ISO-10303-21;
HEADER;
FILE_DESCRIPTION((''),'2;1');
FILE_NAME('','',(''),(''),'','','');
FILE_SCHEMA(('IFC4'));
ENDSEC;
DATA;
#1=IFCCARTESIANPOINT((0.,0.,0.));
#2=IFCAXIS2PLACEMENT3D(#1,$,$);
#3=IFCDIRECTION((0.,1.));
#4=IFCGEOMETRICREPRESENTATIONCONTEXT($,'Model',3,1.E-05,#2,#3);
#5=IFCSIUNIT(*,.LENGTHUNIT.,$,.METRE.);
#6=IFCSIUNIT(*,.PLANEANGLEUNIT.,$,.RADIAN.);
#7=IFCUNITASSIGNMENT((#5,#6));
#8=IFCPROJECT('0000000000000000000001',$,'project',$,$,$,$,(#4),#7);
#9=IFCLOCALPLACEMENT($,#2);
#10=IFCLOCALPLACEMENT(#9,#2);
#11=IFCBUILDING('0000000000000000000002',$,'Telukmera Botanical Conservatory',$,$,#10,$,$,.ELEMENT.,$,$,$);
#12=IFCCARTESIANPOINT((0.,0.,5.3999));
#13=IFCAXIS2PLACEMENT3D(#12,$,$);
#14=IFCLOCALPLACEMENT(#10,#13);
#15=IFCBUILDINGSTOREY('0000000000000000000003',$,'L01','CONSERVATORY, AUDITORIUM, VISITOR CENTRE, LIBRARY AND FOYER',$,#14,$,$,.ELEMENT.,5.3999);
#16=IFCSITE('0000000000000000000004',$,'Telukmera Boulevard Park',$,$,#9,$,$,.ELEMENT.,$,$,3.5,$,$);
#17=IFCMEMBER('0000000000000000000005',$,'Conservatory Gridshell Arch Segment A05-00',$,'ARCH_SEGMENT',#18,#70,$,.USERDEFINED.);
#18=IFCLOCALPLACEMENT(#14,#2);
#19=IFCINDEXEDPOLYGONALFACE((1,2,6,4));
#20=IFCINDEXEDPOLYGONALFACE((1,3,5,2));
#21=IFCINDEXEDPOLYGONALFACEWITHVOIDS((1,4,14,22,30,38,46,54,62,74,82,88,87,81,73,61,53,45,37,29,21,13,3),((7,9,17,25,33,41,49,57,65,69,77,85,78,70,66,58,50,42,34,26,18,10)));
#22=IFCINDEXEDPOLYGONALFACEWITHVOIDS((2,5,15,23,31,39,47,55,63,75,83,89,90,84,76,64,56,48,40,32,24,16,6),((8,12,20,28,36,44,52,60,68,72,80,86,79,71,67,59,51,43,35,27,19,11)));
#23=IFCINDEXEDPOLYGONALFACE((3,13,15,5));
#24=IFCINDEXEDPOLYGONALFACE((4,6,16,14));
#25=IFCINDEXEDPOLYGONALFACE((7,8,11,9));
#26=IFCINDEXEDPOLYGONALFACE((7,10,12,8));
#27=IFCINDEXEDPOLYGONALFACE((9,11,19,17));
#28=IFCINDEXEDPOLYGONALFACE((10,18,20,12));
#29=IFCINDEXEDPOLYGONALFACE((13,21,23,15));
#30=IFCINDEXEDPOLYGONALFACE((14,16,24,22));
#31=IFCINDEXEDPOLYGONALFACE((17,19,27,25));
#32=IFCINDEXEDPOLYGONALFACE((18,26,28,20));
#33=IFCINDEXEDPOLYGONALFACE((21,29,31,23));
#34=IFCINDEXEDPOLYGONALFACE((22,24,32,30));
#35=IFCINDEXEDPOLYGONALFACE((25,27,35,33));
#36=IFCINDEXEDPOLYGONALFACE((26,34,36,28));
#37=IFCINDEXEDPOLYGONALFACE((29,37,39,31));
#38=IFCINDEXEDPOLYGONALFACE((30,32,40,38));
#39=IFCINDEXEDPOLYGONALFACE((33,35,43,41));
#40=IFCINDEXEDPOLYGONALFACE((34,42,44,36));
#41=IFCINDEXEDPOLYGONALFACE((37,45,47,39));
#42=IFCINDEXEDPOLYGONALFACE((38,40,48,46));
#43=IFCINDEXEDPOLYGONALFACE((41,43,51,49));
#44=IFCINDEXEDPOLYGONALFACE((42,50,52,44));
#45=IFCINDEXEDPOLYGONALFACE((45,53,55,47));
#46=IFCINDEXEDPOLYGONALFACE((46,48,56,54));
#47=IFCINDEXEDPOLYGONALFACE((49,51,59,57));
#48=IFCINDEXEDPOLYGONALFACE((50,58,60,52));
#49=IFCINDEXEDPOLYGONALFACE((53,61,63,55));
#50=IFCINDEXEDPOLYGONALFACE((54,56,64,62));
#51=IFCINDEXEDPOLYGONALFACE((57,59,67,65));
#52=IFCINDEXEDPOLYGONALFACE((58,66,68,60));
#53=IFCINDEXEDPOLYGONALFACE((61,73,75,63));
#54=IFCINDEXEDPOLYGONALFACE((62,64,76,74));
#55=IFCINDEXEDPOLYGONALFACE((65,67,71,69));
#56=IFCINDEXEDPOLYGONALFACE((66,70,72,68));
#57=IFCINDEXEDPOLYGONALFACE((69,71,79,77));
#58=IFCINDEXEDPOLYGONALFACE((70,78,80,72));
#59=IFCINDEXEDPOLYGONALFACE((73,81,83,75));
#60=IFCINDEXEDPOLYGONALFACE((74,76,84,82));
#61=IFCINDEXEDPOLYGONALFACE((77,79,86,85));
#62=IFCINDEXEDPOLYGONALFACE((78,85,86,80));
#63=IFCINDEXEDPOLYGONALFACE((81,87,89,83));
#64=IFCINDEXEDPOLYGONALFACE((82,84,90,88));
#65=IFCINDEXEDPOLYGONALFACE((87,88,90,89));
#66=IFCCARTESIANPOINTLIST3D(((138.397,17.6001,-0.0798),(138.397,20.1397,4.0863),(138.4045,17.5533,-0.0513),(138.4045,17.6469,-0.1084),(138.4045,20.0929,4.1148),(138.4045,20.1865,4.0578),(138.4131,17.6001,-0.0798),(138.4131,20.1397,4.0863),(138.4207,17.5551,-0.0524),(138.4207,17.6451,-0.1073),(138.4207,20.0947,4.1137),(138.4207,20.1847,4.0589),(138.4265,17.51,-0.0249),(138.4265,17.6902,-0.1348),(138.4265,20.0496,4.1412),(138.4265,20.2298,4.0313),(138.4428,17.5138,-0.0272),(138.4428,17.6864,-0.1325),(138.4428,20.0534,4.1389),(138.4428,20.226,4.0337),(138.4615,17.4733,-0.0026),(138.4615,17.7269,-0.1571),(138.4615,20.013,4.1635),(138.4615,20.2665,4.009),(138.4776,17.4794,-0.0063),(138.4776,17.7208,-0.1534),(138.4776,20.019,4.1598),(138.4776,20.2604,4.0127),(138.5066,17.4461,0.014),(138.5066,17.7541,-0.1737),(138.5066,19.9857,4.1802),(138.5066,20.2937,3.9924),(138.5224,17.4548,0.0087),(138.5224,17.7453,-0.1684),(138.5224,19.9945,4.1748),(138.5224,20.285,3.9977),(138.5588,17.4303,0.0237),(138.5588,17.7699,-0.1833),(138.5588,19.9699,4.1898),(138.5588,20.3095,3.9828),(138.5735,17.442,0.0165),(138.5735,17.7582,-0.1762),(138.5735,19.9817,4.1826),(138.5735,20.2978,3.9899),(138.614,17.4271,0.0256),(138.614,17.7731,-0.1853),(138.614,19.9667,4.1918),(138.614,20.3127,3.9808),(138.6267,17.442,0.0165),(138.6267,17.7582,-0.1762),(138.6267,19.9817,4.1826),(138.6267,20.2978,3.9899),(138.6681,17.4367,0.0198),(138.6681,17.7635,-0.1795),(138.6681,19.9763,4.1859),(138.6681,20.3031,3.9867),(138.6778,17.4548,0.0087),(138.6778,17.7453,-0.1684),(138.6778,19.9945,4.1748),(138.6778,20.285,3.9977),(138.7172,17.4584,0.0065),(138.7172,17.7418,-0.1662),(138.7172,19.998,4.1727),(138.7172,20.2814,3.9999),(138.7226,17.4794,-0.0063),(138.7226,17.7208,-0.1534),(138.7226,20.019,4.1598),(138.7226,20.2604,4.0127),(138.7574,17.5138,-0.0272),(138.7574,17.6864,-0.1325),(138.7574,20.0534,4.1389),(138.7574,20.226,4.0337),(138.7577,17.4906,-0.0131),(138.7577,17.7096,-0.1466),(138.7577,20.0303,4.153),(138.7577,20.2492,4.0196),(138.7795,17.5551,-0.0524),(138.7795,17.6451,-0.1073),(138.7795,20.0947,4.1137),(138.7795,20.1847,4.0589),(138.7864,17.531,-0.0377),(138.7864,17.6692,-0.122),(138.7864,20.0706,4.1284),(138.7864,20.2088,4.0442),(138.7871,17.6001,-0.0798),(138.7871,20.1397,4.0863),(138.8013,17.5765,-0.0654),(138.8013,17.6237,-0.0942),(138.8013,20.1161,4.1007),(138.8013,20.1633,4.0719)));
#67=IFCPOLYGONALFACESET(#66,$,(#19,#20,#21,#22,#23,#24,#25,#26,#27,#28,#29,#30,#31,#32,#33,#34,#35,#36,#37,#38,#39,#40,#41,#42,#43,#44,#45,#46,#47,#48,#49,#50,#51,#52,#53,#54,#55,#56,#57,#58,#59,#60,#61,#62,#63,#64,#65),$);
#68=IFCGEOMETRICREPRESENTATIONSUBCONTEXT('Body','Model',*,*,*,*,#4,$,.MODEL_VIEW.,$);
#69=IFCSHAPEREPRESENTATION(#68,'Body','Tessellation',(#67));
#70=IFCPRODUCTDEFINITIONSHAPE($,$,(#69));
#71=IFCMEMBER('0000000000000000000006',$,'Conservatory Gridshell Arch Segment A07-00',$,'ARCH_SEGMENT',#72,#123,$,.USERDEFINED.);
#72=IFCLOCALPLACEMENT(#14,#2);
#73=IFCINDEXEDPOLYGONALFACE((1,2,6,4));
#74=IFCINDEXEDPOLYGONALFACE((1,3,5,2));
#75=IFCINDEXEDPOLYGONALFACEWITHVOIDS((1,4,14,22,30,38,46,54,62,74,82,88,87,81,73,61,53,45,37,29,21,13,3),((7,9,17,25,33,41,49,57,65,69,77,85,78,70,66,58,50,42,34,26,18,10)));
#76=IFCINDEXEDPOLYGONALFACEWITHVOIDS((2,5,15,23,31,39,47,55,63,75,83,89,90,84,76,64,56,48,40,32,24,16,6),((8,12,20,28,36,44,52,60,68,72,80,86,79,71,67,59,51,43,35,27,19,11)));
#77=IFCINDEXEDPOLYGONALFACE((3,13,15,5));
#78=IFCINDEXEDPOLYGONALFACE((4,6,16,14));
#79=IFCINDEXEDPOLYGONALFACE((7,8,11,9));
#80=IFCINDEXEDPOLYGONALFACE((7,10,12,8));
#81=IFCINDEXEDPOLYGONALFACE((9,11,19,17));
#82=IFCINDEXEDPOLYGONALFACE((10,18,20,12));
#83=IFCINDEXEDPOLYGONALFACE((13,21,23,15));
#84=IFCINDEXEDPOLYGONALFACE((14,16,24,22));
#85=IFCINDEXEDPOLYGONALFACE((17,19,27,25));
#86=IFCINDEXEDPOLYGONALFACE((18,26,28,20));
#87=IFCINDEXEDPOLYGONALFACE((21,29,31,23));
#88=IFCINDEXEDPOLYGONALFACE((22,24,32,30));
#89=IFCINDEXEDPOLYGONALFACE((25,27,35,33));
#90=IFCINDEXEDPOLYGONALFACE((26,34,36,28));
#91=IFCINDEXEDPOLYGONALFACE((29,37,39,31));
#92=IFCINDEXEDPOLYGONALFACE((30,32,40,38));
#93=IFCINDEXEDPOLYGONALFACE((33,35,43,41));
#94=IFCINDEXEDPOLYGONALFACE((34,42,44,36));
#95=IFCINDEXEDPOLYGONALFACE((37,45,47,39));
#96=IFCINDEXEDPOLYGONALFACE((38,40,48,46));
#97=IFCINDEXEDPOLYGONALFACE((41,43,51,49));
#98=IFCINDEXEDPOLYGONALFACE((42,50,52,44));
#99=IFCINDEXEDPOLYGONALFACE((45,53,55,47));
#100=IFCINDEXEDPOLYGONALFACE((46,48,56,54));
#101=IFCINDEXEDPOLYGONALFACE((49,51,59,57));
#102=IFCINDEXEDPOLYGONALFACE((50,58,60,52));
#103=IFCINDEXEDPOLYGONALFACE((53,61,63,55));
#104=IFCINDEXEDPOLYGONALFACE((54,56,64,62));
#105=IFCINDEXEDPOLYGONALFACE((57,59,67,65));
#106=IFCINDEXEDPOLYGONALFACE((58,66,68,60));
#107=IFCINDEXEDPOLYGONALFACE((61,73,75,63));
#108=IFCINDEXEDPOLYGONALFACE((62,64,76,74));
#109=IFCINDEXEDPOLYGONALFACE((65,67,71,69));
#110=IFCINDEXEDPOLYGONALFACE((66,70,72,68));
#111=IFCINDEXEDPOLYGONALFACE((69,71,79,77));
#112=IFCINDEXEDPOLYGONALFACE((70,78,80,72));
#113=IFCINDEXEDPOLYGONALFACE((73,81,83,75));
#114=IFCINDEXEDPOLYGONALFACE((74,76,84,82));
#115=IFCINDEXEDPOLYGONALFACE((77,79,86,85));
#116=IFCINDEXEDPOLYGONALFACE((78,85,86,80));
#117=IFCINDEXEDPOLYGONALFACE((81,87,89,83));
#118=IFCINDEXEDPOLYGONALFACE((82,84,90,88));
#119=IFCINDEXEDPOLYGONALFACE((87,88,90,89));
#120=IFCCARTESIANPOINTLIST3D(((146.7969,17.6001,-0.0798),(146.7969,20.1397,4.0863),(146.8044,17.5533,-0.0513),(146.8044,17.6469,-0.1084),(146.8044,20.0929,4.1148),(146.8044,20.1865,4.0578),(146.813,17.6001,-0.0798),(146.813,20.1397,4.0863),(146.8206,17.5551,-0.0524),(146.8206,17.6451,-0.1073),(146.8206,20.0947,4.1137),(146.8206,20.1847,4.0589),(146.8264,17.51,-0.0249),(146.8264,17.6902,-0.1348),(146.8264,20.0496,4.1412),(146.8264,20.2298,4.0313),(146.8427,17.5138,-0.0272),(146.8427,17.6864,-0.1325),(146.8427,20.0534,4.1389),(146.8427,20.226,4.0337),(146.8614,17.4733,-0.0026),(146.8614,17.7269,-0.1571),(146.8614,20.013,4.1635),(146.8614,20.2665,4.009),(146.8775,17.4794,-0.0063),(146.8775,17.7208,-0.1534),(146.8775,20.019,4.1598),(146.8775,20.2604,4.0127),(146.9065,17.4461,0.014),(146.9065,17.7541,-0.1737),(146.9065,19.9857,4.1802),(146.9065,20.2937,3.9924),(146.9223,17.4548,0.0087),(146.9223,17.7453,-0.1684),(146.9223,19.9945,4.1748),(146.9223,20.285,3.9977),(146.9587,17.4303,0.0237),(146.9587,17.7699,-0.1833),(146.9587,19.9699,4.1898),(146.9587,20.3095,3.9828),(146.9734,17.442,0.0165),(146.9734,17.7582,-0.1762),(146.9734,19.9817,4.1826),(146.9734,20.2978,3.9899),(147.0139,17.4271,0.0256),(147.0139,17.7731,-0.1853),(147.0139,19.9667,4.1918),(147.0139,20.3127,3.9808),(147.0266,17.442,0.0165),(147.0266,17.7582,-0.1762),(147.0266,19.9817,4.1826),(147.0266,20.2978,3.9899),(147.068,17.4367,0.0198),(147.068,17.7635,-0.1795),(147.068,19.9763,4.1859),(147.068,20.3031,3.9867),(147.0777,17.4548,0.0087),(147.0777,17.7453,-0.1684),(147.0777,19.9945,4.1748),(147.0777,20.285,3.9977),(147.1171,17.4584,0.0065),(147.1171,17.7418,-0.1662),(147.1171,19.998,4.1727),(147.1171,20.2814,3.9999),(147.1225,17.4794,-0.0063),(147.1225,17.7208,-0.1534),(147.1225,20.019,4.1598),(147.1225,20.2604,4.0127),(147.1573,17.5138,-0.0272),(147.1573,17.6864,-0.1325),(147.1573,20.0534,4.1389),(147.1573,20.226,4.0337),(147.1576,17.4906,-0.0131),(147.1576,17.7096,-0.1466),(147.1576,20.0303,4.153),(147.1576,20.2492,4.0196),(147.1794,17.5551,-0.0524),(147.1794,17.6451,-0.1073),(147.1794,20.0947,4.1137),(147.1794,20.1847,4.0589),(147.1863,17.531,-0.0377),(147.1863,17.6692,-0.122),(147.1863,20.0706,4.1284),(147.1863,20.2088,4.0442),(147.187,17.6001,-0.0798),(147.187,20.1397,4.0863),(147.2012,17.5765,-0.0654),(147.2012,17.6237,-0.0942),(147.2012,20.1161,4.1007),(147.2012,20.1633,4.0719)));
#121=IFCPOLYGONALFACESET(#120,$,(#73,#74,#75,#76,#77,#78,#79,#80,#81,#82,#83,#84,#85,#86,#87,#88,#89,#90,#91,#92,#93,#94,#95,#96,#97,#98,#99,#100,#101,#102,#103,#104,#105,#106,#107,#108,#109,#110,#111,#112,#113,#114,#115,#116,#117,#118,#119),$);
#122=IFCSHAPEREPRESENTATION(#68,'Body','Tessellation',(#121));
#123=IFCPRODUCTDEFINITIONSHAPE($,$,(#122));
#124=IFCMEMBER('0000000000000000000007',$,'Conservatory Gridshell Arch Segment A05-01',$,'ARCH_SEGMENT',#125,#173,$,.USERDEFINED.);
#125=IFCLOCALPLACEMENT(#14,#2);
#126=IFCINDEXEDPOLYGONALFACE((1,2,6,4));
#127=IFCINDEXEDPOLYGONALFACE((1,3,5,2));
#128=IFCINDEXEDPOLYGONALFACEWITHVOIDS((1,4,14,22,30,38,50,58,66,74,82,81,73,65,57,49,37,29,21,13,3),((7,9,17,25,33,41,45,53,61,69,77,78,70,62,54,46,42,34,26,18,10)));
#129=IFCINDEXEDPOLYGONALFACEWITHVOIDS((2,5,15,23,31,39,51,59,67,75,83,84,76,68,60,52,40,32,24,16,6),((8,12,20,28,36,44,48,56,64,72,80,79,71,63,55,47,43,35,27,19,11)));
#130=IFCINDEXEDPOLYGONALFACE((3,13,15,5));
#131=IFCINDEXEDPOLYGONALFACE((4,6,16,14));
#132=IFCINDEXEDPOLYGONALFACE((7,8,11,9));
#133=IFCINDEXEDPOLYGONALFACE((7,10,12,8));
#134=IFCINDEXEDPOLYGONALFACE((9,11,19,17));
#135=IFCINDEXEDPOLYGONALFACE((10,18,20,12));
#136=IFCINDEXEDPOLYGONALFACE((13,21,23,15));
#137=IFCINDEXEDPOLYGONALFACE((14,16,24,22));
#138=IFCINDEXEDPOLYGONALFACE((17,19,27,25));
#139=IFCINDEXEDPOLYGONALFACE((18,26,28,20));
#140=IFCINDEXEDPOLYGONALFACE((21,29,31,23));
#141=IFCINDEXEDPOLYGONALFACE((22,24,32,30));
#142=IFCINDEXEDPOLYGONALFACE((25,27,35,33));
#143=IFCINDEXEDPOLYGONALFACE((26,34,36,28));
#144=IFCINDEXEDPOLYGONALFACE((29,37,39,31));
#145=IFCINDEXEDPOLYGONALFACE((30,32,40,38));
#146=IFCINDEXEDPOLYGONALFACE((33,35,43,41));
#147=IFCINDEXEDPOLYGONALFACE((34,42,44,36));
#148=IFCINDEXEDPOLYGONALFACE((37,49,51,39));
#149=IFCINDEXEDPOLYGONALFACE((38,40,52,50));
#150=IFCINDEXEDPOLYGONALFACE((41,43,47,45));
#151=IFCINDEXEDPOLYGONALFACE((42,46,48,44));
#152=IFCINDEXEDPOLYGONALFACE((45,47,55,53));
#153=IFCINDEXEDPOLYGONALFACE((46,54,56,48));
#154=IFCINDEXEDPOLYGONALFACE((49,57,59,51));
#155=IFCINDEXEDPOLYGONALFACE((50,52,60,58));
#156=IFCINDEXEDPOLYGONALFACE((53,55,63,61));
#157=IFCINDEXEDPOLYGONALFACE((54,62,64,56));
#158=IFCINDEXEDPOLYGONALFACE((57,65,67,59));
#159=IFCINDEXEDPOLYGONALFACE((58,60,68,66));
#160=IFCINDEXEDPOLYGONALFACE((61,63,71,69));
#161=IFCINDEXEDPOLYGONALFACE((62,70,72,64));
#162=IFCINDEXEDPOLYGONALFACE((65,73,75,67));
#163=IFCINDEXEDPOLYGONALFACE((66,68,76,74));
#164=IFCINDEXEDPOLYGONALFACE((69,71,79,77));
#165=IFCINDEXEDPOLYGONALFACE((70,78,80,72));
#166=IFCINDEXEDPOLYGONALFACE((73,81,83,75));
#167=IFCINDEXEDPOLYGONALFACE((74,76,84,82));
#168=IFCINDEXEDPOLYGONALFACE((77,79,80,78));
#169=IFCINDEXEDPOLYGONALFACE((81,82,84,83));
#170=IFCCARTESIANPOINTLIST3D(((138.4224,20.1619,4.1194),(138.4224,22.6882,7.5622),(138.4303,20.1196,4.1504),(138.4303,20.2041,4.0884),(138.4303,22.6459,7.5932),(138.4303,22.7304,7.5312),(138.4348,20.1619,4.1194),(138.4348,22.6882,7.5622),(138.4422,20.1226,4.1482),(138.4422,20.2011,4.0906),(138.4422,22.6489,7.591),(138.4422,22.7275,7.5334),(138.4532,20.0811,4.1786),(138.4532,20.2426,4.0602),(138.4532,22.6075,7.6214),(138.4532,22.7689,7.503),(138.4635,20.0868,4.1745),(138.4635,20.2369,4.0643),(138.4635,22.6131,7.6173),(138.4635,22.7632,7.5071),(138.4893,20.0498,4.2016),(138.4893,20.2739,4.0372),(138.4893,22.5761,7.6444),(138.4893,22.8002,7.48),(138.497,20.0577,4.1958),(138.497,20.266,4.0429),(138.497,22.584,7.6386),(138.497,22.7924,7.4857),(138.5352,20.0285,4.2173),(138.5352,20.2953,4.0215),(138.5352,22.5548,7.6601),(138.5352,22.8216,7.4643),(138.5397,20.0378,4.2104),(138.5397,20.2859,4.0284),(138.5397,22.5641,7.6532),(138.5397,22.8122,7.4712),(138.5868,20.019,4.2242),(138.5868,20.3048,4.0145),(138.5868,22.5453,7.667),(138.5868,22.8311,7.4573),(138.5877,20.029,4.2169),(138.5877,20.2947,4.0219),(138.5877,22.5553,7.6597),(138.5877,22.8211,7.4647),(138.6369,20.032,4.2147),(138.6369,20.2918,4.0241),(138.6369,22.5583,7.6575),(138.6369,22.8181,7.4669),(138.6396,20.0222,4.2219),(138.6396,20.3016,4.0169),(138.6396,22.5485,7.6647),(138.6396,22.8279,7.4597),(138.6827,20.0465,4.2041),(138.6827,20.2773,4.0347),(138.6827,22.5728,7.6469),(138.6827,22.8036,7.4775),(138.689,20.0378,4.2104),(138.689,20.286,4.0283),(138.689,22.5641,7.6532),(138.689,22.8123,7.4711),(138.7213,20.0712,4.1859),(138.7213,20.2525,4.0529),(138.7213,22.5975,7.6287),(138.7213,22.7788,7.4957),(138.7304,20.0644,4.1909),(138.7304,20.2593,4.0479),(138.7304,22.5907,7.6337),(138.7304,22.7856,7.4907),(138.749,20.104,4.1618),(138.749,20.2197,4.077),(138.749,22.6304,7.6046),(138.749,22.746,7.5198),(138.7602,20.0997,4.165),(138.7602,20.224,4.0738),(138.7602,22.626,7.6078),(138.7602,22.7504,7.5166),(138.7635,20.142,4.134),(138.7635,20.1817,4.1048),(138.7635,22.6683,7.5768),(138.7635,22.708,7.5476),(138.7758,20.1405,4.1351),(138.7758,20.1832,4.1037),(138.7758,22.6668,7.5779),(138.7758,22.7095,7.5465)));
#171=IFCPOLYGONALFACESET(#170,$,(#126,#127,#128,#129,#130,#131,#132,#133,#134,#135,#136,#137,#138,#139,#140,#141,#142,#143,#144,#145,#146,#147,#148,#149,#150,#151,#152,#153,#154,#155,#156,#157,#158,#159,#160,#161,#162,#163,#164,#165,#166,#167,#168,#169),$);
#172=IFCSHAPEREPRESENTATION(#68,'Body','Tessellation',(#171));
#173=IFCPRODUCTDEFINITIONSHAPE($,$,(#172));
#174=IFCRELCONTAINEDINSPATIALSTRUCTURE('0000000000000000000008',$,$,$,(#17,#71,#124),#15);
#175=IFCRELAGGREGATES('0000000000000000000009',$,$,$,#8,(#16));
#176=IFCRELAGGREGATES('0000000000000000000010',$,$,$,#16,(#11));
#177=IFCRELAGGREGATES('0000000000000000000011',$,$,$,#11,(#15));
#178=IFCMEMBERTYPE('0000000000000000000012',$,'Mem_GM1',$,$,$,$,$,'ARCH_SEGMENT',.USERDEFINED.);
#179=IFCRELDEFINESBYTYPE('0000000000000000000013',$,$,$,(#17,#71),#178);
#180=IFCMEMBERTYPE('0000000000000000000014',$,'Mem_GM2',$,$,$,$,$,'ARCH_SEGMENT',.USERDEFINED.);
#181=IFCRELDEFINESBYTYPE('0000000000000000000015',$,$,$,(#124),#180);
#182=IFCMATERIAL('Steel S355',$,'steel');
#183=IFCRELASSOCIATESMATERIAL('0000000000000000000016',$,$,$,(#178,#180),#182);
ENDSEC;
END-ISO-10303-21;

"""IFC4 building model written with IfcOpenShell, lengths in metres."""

from ifc_helpers import new_model, si_unit, direction, frame, origin, origin_2d, place, context, subcontext, project, spatial, hollow_circle, extrude, material, material_profile, profile_set, type_object, element, save


model = new_model("IFC4")

# Units and contexts
model_context = context("Model", 3, precision=1e-05, world=origin(), true_north=direction((0.0, 1.0)))
body_context = subcontext(model_context, "Body", "Model", "MODEL_VIEW")
ifc_project = project(units=[si_unit("LENGTHUNIT", "METRE"), si_unit("PLANEANGLEUNIT", "RADIAN")], contexts=[model_context])

# Site, building, storey
site_placement = place(None, origin())
site = spatial("IfcSite", under=ifc_project, at=site_placement, Name="Telukmera Boulevard Park", CompositionType="ELEMENT", RefElevation=3.5)
building_placement = place(site_placement, origin())
building = spatial("IfcBuilding", under=site, at=building_placement, Name="Telukmera Botanical Conservatory", CompositionType="ELEMENT")
storey_placement = place(building_placement, frame((0.0, 0.0, 5.3999)))
storey = spatial("IfcBuildingStorey", under=building, at=storey_placement, Name="L01", Description="CONSERVATORY, AUDITORIUM, VISITOR CENTRE, LIBRARY AND FOYER", CompositionType="ELEMENT", Elevation=5.3999)

# Shared definitions
ifc_material_1 = material(Name="Steel S355", Category="steel")

# Members
ifc_material_profile_1 = material_profile(ifc_material_1, hollow_circle(Radius=0.2031, WallThickness=0.0161, at=origin_2d()), Name="CHS 406.4x16.0")
ifc_profile_set_1 = profile_set([ifc_material_profile_1], Name="Steel S355")
member_type_1 = type_object("IfcMemberType", Name="Mem_GM1", ElementType="ARCH_SEGMENT", PredefinedType="USERDEFINED", material=ifc_profile_set_1)
for number, where, z_axis, x_axis, name in (
    (1, (138.6001, 17.6001, -0.0798), (0.0, 0.520502, 0.85386), (-1.0, 0.0, 0.0), "Conservatory Gridshell Arch Segment A05-00"),
    (2, (147.0, 17.6001, -0.0798), (0.0, 0.520502, 0.85386), (-1.0, 0.0, 0.0), "Conservatory Gridshell Arch Segment A07-00"),
):
    element("IfcMember", number, at=place(storey_placement, frame(where, z_axis=z_axis, x_axis=x_axis)), inside=storey, type_object=member_type_1, Name=name, ObjectType="ARCH_SEGMENT", PredefinedType="USERDEFINED", context=body_context, shape_type="SweptSolid", body=[
        extrude(hollow_circle(Radius=0.2031, WallThickness=0.0161, at=origin_2d()), origin(), (0.0, 0.0, 1.0), 4.8792),
    ])
ifc_material_profile_2 = material_profile(ifc_material_1, hollow_circle(Radius=0.1777, WallThickness=0.0125, at=origin_2d()), Name="CHS 355.6x12.5")
ifc_profile_set_2 = profile_set([ifc_material_profile_2], Name="Steel S355")
member_type_2 = type_object("IfcMemberType", Name="Mem_GM2", ElementType="ARCH_SEGMENT", PredefinedType="USERDEFINED", material=ifc_profile_set_2)
for number, where, z_axis, x_axis, name in (
    (3, (138.6001, 20.1619, 4.1194), (0.0, 0.591607, 0.806227), (-1.0, 0.0, 0.0), "Conservatory Gridshell Arch Segment A05-01"),
):
    element("IfcMember", number, at=place(storey_placement, frame(where, z_axis=z_axis, x_axis=x_axis)), inside=storey, type_object=member_type_2, Name=name, ObjectType="ARCH_SEGMENT", PredefinedType="USERDEFINED", context=body_context, shape_type="SweptSolid", body=[
        extrude(hollow_circle(Radius=0.1777, WallThickness=0.0125, at=origin_2d()), origin(), (0.0, 0.0, 1.0), 4.2703),
    ])

save(model, "model.ifc")
